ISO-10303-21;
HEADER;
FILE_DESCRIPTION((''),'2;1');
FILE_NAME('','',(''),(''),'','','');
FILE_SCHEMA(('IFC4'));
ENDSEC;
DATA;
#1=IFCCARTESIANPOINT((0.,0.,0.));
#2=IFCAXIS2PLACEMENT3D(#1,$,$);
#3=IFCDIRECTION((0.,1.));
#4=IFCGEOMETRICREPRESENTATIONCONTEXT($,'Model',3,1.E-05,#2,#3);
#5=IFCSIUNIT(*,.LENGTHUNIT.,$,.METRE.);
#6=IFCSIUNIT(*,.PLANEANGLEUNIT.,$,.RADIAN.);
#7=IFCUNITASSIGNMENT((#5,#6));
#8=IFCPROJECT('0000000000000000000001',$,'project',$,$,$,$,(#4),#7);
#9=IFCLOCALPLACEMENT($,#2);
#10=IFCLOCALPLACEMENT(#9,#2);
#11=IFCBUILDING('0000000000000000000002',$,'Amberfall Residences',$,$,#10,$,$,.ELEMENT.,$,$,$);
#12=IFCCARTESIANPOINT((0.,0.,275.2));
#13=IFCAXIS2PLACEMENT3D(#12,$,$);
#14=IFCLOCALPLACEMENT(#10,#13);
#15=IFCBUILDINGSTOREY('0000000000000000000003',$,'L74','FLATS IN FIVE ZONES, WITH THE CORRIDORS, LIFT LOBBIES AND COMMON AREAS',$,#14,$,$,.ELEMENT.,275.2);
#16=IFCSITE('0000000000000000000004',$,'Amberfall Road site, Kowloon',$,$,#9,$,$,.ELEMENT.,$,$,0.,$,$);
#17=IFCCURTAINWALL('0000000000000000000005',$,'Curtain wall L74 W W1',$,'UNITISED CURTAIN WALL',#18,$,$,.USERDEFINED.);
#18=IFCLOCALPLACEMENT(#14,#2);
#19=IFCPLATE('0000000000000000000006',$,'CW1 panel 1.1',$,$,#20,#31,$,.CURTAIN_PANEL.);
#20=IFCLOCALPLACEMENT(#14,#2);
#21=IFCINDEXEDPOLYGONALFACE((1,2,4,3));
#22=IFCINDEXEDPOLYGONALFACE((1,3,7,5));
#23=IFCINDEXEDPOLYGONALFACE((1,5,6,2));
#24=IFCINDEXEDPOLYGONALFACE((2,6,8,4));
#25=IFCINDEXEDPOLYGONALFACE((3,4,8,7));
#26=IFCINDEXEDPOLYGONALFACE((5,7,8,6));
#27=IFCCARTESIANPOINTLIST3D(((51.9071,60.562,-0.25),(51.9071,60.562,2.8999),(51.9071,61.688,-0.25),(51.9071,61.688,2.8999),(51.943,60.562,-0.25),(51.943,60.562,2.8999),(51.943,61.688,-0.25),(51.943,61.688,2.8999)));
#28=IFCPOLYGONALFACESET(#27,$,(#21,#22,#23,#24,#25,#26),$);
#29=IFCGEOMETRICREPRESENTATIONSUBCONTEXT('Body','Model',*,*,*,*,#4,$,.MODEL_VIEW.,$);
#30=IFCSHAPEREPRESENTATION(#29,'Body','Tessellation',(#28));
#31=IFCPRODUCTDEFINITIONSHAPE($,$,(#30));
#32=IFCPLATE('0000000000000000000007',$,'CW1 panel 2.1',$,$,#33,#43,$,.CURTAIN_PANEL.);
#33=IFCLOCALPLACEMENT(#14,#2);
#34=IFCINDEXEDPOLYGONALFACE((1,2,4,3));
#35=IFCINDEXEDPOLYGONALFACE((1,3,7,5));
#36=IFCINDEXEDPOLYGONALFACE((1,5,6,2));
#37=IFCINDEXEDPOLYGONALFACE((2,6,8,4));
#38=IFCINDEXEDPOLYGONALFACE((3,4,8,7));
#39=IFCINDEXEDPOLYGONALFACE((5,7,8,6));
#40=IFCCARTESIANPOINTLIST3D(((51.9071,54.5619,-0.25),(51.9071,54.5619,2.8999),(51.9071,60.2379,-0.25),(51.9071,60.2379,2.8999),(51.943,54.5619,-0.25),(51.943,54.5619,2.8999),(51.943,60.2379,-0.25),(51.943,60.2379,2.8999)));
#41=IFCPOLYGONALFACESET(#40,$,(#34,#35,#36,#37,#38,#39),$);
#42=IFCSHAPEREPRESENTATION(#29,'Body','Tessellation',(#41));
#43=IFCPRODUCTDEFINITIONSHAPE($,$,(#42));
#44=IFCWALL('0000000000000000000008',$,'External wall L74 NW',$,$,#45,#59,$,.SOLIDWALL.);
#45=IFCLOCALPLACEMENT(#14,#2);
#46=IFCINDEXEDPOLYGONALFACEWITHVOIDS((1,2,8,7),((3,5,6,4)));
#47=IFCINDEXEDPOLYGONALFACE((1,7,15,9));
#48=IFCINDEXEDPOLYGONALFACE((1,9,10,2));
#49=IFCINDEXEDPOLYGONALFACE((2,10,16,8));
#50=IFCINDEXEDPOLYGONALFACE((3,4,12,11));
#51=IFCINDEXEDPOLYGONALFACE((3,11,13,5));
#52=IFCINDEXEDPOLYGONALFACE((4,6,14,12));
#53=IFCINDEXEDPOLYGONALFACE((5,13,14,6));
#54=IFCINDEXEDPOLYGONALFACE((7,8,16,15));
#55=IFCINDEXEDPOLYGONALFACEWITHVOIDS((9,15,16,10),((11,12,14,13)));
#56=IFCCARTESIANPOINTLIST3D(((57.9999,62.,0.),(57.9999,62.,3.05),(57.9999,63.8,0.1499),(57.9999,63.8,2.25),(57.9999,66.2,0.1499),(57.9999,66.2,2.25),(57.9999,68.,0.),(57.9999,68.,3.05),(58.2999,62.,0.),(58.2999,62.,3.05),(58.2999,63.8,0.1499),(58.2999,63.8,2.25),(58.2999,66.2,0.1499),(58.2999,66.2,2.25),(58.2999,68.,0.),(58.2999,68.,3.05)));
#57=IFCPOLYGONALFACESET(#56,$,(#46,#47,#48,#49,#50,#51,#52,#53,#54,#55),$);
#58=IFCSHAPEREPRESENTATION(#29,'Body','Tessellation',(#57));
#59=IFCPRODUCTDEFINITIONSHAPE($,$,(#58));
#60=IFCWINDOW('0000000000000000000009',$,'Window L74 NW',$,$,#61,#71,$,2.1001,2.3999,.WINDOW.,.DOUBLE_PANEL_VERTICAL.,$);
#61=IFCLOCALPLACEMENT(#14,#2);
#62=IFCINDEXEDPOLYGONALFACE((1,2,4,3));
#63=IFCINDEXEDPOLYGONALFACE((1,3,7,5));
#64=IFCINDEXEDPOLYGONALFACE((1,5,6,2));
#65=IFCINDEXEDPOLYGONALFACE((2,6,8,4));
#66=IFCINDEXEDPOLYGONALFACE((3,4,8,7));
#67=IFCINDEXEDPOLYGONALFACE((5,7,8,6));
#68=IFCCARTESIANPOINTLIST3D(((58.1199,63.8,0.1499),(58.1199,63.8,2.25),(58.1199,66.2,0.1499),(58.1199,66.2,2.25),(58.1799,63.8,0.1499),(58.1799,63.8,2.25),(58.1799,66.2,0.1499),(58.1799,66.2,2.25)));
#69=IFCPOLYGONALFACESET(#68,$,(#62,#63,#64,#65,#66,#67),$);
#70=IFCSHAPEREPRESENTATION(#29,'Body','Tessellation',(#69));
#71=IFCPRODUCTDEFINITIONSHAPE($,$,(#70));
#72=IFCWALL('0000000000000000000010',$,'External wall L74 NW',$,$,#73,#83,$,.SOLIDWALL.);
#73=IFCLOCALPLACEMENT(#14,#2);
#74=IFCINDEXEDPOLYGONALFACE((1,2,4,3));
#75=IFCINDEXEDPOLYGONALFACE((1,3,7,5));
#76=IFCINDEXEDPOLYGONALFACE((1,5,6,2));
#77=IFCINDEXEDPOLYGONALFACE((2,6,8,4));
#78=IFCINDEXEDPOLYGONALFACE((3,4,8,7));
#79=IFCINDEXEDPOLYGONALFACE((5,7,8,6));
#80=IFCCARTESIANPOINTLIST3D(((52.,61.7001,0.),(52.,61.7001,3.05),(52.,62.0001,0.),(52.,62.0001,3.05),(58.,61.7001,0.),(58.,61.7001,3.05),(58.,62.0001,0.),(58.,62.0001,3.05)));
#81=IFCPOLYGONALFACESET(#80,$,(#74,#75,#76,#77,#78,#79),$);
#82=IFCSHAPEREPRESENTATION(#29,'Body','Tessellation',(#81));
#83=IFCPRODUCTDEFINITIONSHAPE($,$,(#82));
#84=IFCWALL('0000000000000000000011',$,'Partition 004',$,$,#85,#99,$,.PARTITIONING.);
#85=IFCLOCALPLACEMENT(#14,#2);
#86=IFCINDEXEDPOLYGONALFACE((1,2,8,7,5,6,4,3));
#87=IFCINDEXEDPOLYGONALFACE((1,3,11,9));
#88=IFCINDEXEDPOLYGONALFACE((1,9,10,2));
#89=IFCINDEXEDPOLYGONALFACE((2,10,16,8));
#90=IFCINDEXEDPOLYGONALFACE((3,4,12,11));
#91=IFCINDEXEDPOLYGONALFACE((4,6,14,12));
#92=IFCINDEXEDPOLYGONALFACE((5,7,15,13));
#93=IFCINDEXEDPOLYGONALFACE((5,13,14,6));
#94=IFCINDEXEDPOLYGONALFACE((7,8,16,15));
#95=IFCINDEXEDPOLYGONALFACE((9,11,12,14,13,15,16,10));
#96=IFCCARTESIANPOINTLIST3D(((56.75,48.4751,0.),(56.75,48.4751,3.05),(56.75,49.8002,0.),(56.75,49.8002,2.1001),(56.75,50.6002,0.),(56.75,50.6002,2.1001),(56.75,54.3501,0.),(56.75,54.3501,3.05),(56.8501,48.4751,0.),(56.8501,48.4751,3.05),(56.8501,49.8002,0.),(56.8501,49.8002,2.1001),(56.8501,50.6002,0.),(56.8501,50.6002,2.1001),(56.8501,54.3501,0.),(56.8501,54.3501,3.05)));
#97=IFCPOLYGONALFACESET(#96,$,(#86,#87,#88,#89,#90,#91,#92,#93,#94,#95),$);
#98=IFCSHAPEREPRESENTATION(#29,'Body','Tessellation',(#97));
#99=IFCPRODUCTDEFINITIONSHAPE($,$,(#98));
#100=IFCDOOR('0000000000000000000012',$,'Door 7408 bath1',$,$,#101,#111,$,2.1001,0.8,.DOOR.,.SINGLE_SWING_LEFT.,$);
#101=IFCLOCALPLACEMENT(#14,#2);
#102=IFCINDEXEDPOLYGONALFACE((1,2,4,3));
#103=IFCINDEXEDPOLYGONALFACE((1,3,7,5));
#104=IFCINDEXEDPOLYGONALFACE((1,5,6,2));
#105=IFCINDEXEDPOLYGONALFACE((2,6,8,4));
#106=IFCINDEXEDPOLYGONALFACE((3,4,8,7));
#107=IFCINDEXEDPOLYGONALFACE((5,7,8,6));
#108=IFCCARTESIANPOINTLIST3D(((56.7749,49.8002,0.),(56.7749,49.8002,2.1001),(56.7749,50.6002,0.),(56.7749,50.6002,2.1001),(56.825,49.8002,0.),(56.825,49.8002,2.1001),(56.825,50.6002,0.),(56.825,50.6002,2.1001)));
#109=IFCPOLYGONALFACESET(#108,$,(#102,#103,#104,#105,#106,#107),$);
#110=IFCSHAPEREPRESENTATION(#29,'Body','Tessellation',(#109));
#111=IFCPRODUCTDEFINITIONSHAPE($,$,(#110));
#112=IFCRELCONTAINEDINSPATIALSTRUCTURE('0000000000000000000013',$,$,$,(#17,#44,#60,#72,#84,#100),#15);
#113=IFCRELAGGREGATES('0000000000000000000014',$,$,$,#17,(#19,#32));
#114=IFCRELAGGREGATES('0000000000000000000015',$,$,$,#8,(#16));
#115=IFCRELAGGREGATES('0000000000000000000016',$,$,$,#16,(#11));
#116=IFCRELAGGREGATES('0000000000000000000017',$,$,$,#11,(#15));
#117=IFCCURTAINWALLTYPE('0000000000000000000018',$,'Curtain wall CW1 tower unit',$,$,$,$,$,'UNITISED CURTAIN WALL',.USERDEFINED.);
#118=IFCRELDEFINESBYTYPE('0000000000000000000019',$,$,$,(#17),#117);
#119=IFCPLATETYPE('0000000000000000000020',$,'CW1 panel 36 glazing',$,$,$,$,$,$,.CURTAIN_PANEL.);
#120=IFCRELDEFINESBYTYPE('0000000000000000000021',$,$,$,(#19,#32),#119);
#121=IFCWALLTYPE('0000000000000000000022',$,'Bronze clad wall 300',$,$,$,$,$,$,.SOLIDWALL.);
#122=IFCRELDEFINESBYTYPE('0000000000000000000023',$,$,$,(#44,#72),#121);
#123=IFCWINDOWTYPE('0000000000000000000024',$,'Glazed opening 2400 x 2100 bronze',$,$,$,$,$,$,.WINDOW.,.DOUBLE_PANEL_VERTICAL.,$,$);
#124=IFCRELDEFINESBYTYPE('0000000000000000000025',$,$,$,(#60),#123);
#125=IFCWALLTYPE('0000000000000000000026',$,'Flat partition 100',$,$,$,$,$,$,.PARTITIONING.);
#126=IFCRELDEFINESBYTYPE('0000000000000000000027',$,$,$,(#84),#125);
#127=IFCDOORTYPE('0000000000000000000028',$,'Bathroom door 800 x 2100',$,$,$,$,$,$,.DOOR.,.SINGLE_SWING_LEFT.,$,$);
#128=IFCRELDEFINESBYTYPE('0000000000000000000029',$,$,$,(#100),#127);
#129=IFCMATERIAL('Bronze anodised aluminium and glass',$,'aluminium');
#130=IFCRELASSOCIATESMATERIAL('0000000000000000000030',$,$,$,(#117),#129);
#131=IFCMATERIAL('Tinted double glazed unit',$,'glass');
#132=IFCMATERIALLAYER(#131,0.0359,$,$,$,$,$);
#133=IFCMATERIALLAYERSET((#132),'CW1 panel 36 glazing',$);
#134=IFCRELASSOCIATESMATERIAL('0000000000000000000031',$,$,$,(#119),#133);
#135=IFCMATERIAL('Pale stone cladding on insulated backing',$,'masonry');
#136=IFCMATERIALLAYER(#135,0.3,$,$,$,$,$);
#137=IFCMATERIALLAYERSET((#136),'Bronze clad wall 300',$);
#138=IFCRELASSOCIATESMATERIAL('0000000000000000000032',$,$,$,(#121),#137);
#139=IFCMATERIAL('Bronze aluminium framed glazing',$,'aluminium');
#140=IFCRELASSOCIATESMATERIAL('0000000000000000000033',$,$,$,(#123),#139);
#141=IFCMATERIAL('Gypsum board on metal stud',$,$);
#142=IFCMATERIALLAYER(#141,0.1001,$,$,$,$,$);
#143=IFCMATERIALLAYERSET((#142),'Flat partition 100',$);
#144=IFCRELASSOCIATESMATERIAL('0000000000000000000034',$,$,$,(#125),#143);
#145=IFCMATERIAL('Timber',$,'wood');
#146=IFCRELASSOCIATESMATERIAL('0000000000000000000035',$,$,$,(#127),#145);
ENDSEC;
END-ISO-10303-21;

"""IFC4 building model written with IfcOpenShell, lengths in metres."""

from ifc_helpers import new_model, si_unit, direction, frame, frame_2d, origin, origin_2d, place, context, subcontext, project, spatial, rectangle, extrude, material, layer, layer_set, type_object, element, fill, aggregate, save


model = new_model("IFC4")

# Units and contexts
model_context = context("Model", 3, precision=1e-05, world=origin(), true_north=direction((0.0, 1.0)))
body_context = subcontext(model_context, "Body", "Model", "MODEL_VIEW")
ifc_project = project(units=[si_unit("LENGTHUNIT", "METRE"), si_unit("PLANEANGLEUNIT", "RADIAN")], contexts=[model_context])

# Site, building, storey
site_placement = place(None, origin())
site = spatial("IfcSite", under=ifc_project, at=site_placement, Name="Amberfall Road site, Kowloon", CompositionType="ELEMENT", RefElevation=0.0)
building_placement = place(site_placement, origin())
building = spatial("IfcBuilding", under=site, at=building_placement, Name="Amberfall Residences", CompositionType="ELEMENT")
storey_placement = place(building_placement, frame((0.0, 0.0, 275.2)))
storey = spatial("IfcBuildingStorey", under=building, at=storey_placement, Name="L74", Description="FLATS IN FIVE ZONES, WITH THE CORRIDORS, LIFT LOBBIES AND COMMON AREAS", CompositionType="ELEMENT", Elevation=275.2)

# Curtain wall
ifc_material_1 = material(Name="Bronze anodised aluminium and glass", Category="aluminium")
curtain_wall_type = type_object("IfcCurtainWallType", Name="Curtain wall CW1 tower unit", ElementType="UNITISED CURTAIN WALL", PredefinedType="USERDEFINED", material=ifc_material_1)
curtain_wall_1_placement = place(storey_placement, origin())
curtain_wall_1 = element("IfcCurtainWall", 1, at=curtain_wall_1_placement, inside=storey, type_object=curtain_wall_type, Name="Curtain wall L74 W W1", ObjectType="UNITISED CURTAIN WALL", PredefinedType="USERDEFINED")

# Plates
ifc_material_2 = material(Name="Tinted double glazed unit", Category="glass")
ifc_layer_1 = layer(ifc_material_2, 0.0359)
ifc_layer_set_1 = layer_set([ifc_layer_1], Name="CW1 panel 36 glazing")
plate_type = type_object("IfcPlateType", Name="CW1 panel 36 glazing", PredefinedType="CURTAIN_PANEL", material=ifc_layer_set_1)
plate_1_placement = place(storey_placement, frame((51.925, 61.125, -0.25), z_axis=(0.0, 0.0, 1.0), x_axis=(0.0, -1.0, 0.0)))
plate_1 = element("IfcPlate", 2, at=plate_1_placement, type_object=plate_type, Name="CW1 panel 1.1", PredefinedType="CURTAIN_PANEL", context=body_context, shape_type="SweptSolid", body=[
    extrude(rectangle(XDim=1.126, YDim=0.0359, at=origin_2d()), origin(), (0.0, 0.0, 1.0), 3.1499),
])
plate_2_placement = place(storey_placement, frame((51.925, 57.3999, -0.25), z_axis=(0.0, 0.0, 1.0), x_axis=(0.0, -1.0, 0.0)))
plate_2 = element("IfcPlate", 3, at=plate_2_placement, type_object=plate_type, Name="CW1 panel 2.1", PredefinedType="CURTAIN_PANEL", context=body_context, shape_type="SweptSolid", body=[
    extrude(rectangle(XDim=5.676, YDim=0.0359, at=origin_2d()), origin(), (0.0, 0.0, 1.0), 3.1499),
])
aggregate(curtain_wall_1, [plate_1, plate_2])

# Wall, opening, window
ifc_material_3 = material(Name="Pale stone cladding on insulated backing", Category="masonry")
ifc_layer_2 = layer(ifc_material_3, 0.3)
ifc_layer_set_2 = layer_set([ifc_layer_2], Name="Bronze clad wall 300")
wall_type_1 = type_object("IfcWallType", Name="Bronze clad wall 300", PredefinedType="SOLIDWALL", material=ifc_layer_set_2)
wall_1_placement = place(storey_placement, frame((58.1499, 68.0, 0.0), z_axis=(0.0, 0.0, 1.0), x_axis=(0.0, -1.0, 0.0)))
wall_1 = element("IfcWall", 4, at=wall_1_placement, inside=storey, type_object=wall_type_1, Name="External wall L74 NW", PredefinedType="SOLIDWALL", context=body_context, shape_type="SweptSolid", body=[
    extrude(rectangle(XDim=6.0, YDim=0.3, at=frame_2d((3.0, 0.0))), origin(), (0.0, 0.0, 1.0), 3.05),
])
opening_1_placement = place(wall_1_placement, frame((1.8, 0.0, 0.1499)))
opening_1 = element("IfcOpeningElement", 5, at=opening_1_placement, cuts=wall_1, PredefinedType="OPENING", context=body_context, shape_type="SweptSolid", body=[
    extrude(rectangle(XDim=2.3999, YDim=2.1001, at=frame_2d((1.2, 1.05))), frame((0.0, 0.1599, 0.0), z_axis=(0.0, -1.0, 0.0), x_axis=(1.0, 0.0, 0.0)), (0.0, 0.0, 1.0), 0.3201),
])
ifc_material_4 = material(Name="Bronze aluminium framed glazing", Category="aluminium")
window_type = type_object("IfcWindowType", Name="Glazed opening 2400 x 2100 bronze", PartitioningType="DOUBLE_PANEL_VERTICAL", PredefinedType="WINDOW", material=ifc_material_4)
window_placement = place(opening_1_placement, origin())
window = element("IfcWindow", 6, at=window_placement, inside=storey, type_object=window_type, Name="Window L74 NW", OverallHeight=2.1001, OverallWidth=2.3999, PartitioningType="DOUBLE_PANEL_VERTICAL", PredefinedType="WINDOW", context=body_context, shape_type="SweptSolid", body=[
    extrude(rectangle(XDim=2.3999, YDim=2.1001, at=frame_2d((1.2, 1.05))), frame((0.0, 0.03, 0.0), z_axis=(0.0, -1.0, 0.0), x_axis=(1.0, 0.0, 0.0)), (0.0, 0.0, 1.0), 0.0601),
])
fill(opening_1, window)

# Wall
wall_2_placement = place(storey_placement, frame((58.0, 61.8501, 0.0), z_axis=(0.0, 0.0, 1.0), x_axis=(-1.0, 0.0, 0.0)))
element("IfcWall", 7, at=wall_2_placement, inside=storey, type_object=wall_type_1, Name="External wall L74 NW", PredefinedType="SOLIDWALL", context=body_context, shape_type="SweptSolid", body=[
    extrude(rectangle(XDim=6.0, YDim=0.3, at=frame_2d((3.0, 0.0))), origin(), (0.0, 0.0, 1.0), 3.05),
])

# Wall, opening, door
ifc_material_5 = material(Name="Gypsum board on metal stud")
ifc_layer_3 = layer(ifc_material_5, 0.1001)
ifc_layer_set_3 = layer_set([ifc_layer_3], Name="Flat partition 100")
wall_type_2 = type_object("IfcWallType", Name="Flat partition 100", PredefinedType="PARTITIONING", material=ifc_layer_set_3)
wall_3_placement = place(storey_placement, frame((56.8, 54.3501, 0.0), z_axis=(0.0, 0.0, 1.0), x_axis=(0.0, -1.0, 0.0)))
wall_3 = element("IfcWall", 8, at=wall_3_placement, inside=storey, type_object=wall_type_2, Name="Partition 004", PredefinedType="PARTITIONING", context=body_context, shape_type="SweptSolid", body=[
    extrude(rectangle(XDim=5.875, YDim=0.1001, at=frame_2d((2.9375, 0.0))), origin(), (0.0, 0.0, 1.0), 3.05),
])
opening_2_placement = place(wall_3_placement, frame((3.75, 0.0, 0.0)))
opening_2 = element("IfcOpeningElement", 9, at=opening_2_placement, cuts=wall_3, PredefinedType="OPENING", context=body_context, shape_type="SweptSolid", body=[
    extrude(rectangle(XDim=0.8, YDim=2.1001, at=frame_2d((0.3999, 1.05))), frame((0.0, 0.0601, 0.0), z_axis=(0.0, -1.0, 0.0), x_axis=(1.0, 0.0, 0.0)), (0.0, 0.0, 1.0), 0.1201),
])
ifc_material_6 = material(Name="Timber", Category="wood")
door_type = type_object("IfcDoorType", Name="Bathroom door 800 x 2100", OperationType="SINGLE_SWING_LEFT", PredefinedType="DOOR", material=ifc_material_6)
door_placement = place(opening_2_placement, origin())
door = element("IfcDoor", 10, at=door_placement, inside=storey, type_object=door_type, Name="Door 7408 bath1", OperationType="SINGLE_SWING_LEFT", OverallHeight=2.1001, OverallWidth=0.8, PredefinedType="DOOR", context=body_context, shape_type="SweptSolid", body=[
    extrude(rectangle(XDim=0.8, YDim=2.1001, at=frame_2d((0.3999, 1.05))), frame((0.0, 0.0249, 0.0), z_axis=(0.0, -1.0, 0.0), x_axis=(1.0, 0.0, 0.0)), (0.0, 0.0, 1.0), 0.05),
])
fill(opening_2, door)

save(model, "model.ifc")
